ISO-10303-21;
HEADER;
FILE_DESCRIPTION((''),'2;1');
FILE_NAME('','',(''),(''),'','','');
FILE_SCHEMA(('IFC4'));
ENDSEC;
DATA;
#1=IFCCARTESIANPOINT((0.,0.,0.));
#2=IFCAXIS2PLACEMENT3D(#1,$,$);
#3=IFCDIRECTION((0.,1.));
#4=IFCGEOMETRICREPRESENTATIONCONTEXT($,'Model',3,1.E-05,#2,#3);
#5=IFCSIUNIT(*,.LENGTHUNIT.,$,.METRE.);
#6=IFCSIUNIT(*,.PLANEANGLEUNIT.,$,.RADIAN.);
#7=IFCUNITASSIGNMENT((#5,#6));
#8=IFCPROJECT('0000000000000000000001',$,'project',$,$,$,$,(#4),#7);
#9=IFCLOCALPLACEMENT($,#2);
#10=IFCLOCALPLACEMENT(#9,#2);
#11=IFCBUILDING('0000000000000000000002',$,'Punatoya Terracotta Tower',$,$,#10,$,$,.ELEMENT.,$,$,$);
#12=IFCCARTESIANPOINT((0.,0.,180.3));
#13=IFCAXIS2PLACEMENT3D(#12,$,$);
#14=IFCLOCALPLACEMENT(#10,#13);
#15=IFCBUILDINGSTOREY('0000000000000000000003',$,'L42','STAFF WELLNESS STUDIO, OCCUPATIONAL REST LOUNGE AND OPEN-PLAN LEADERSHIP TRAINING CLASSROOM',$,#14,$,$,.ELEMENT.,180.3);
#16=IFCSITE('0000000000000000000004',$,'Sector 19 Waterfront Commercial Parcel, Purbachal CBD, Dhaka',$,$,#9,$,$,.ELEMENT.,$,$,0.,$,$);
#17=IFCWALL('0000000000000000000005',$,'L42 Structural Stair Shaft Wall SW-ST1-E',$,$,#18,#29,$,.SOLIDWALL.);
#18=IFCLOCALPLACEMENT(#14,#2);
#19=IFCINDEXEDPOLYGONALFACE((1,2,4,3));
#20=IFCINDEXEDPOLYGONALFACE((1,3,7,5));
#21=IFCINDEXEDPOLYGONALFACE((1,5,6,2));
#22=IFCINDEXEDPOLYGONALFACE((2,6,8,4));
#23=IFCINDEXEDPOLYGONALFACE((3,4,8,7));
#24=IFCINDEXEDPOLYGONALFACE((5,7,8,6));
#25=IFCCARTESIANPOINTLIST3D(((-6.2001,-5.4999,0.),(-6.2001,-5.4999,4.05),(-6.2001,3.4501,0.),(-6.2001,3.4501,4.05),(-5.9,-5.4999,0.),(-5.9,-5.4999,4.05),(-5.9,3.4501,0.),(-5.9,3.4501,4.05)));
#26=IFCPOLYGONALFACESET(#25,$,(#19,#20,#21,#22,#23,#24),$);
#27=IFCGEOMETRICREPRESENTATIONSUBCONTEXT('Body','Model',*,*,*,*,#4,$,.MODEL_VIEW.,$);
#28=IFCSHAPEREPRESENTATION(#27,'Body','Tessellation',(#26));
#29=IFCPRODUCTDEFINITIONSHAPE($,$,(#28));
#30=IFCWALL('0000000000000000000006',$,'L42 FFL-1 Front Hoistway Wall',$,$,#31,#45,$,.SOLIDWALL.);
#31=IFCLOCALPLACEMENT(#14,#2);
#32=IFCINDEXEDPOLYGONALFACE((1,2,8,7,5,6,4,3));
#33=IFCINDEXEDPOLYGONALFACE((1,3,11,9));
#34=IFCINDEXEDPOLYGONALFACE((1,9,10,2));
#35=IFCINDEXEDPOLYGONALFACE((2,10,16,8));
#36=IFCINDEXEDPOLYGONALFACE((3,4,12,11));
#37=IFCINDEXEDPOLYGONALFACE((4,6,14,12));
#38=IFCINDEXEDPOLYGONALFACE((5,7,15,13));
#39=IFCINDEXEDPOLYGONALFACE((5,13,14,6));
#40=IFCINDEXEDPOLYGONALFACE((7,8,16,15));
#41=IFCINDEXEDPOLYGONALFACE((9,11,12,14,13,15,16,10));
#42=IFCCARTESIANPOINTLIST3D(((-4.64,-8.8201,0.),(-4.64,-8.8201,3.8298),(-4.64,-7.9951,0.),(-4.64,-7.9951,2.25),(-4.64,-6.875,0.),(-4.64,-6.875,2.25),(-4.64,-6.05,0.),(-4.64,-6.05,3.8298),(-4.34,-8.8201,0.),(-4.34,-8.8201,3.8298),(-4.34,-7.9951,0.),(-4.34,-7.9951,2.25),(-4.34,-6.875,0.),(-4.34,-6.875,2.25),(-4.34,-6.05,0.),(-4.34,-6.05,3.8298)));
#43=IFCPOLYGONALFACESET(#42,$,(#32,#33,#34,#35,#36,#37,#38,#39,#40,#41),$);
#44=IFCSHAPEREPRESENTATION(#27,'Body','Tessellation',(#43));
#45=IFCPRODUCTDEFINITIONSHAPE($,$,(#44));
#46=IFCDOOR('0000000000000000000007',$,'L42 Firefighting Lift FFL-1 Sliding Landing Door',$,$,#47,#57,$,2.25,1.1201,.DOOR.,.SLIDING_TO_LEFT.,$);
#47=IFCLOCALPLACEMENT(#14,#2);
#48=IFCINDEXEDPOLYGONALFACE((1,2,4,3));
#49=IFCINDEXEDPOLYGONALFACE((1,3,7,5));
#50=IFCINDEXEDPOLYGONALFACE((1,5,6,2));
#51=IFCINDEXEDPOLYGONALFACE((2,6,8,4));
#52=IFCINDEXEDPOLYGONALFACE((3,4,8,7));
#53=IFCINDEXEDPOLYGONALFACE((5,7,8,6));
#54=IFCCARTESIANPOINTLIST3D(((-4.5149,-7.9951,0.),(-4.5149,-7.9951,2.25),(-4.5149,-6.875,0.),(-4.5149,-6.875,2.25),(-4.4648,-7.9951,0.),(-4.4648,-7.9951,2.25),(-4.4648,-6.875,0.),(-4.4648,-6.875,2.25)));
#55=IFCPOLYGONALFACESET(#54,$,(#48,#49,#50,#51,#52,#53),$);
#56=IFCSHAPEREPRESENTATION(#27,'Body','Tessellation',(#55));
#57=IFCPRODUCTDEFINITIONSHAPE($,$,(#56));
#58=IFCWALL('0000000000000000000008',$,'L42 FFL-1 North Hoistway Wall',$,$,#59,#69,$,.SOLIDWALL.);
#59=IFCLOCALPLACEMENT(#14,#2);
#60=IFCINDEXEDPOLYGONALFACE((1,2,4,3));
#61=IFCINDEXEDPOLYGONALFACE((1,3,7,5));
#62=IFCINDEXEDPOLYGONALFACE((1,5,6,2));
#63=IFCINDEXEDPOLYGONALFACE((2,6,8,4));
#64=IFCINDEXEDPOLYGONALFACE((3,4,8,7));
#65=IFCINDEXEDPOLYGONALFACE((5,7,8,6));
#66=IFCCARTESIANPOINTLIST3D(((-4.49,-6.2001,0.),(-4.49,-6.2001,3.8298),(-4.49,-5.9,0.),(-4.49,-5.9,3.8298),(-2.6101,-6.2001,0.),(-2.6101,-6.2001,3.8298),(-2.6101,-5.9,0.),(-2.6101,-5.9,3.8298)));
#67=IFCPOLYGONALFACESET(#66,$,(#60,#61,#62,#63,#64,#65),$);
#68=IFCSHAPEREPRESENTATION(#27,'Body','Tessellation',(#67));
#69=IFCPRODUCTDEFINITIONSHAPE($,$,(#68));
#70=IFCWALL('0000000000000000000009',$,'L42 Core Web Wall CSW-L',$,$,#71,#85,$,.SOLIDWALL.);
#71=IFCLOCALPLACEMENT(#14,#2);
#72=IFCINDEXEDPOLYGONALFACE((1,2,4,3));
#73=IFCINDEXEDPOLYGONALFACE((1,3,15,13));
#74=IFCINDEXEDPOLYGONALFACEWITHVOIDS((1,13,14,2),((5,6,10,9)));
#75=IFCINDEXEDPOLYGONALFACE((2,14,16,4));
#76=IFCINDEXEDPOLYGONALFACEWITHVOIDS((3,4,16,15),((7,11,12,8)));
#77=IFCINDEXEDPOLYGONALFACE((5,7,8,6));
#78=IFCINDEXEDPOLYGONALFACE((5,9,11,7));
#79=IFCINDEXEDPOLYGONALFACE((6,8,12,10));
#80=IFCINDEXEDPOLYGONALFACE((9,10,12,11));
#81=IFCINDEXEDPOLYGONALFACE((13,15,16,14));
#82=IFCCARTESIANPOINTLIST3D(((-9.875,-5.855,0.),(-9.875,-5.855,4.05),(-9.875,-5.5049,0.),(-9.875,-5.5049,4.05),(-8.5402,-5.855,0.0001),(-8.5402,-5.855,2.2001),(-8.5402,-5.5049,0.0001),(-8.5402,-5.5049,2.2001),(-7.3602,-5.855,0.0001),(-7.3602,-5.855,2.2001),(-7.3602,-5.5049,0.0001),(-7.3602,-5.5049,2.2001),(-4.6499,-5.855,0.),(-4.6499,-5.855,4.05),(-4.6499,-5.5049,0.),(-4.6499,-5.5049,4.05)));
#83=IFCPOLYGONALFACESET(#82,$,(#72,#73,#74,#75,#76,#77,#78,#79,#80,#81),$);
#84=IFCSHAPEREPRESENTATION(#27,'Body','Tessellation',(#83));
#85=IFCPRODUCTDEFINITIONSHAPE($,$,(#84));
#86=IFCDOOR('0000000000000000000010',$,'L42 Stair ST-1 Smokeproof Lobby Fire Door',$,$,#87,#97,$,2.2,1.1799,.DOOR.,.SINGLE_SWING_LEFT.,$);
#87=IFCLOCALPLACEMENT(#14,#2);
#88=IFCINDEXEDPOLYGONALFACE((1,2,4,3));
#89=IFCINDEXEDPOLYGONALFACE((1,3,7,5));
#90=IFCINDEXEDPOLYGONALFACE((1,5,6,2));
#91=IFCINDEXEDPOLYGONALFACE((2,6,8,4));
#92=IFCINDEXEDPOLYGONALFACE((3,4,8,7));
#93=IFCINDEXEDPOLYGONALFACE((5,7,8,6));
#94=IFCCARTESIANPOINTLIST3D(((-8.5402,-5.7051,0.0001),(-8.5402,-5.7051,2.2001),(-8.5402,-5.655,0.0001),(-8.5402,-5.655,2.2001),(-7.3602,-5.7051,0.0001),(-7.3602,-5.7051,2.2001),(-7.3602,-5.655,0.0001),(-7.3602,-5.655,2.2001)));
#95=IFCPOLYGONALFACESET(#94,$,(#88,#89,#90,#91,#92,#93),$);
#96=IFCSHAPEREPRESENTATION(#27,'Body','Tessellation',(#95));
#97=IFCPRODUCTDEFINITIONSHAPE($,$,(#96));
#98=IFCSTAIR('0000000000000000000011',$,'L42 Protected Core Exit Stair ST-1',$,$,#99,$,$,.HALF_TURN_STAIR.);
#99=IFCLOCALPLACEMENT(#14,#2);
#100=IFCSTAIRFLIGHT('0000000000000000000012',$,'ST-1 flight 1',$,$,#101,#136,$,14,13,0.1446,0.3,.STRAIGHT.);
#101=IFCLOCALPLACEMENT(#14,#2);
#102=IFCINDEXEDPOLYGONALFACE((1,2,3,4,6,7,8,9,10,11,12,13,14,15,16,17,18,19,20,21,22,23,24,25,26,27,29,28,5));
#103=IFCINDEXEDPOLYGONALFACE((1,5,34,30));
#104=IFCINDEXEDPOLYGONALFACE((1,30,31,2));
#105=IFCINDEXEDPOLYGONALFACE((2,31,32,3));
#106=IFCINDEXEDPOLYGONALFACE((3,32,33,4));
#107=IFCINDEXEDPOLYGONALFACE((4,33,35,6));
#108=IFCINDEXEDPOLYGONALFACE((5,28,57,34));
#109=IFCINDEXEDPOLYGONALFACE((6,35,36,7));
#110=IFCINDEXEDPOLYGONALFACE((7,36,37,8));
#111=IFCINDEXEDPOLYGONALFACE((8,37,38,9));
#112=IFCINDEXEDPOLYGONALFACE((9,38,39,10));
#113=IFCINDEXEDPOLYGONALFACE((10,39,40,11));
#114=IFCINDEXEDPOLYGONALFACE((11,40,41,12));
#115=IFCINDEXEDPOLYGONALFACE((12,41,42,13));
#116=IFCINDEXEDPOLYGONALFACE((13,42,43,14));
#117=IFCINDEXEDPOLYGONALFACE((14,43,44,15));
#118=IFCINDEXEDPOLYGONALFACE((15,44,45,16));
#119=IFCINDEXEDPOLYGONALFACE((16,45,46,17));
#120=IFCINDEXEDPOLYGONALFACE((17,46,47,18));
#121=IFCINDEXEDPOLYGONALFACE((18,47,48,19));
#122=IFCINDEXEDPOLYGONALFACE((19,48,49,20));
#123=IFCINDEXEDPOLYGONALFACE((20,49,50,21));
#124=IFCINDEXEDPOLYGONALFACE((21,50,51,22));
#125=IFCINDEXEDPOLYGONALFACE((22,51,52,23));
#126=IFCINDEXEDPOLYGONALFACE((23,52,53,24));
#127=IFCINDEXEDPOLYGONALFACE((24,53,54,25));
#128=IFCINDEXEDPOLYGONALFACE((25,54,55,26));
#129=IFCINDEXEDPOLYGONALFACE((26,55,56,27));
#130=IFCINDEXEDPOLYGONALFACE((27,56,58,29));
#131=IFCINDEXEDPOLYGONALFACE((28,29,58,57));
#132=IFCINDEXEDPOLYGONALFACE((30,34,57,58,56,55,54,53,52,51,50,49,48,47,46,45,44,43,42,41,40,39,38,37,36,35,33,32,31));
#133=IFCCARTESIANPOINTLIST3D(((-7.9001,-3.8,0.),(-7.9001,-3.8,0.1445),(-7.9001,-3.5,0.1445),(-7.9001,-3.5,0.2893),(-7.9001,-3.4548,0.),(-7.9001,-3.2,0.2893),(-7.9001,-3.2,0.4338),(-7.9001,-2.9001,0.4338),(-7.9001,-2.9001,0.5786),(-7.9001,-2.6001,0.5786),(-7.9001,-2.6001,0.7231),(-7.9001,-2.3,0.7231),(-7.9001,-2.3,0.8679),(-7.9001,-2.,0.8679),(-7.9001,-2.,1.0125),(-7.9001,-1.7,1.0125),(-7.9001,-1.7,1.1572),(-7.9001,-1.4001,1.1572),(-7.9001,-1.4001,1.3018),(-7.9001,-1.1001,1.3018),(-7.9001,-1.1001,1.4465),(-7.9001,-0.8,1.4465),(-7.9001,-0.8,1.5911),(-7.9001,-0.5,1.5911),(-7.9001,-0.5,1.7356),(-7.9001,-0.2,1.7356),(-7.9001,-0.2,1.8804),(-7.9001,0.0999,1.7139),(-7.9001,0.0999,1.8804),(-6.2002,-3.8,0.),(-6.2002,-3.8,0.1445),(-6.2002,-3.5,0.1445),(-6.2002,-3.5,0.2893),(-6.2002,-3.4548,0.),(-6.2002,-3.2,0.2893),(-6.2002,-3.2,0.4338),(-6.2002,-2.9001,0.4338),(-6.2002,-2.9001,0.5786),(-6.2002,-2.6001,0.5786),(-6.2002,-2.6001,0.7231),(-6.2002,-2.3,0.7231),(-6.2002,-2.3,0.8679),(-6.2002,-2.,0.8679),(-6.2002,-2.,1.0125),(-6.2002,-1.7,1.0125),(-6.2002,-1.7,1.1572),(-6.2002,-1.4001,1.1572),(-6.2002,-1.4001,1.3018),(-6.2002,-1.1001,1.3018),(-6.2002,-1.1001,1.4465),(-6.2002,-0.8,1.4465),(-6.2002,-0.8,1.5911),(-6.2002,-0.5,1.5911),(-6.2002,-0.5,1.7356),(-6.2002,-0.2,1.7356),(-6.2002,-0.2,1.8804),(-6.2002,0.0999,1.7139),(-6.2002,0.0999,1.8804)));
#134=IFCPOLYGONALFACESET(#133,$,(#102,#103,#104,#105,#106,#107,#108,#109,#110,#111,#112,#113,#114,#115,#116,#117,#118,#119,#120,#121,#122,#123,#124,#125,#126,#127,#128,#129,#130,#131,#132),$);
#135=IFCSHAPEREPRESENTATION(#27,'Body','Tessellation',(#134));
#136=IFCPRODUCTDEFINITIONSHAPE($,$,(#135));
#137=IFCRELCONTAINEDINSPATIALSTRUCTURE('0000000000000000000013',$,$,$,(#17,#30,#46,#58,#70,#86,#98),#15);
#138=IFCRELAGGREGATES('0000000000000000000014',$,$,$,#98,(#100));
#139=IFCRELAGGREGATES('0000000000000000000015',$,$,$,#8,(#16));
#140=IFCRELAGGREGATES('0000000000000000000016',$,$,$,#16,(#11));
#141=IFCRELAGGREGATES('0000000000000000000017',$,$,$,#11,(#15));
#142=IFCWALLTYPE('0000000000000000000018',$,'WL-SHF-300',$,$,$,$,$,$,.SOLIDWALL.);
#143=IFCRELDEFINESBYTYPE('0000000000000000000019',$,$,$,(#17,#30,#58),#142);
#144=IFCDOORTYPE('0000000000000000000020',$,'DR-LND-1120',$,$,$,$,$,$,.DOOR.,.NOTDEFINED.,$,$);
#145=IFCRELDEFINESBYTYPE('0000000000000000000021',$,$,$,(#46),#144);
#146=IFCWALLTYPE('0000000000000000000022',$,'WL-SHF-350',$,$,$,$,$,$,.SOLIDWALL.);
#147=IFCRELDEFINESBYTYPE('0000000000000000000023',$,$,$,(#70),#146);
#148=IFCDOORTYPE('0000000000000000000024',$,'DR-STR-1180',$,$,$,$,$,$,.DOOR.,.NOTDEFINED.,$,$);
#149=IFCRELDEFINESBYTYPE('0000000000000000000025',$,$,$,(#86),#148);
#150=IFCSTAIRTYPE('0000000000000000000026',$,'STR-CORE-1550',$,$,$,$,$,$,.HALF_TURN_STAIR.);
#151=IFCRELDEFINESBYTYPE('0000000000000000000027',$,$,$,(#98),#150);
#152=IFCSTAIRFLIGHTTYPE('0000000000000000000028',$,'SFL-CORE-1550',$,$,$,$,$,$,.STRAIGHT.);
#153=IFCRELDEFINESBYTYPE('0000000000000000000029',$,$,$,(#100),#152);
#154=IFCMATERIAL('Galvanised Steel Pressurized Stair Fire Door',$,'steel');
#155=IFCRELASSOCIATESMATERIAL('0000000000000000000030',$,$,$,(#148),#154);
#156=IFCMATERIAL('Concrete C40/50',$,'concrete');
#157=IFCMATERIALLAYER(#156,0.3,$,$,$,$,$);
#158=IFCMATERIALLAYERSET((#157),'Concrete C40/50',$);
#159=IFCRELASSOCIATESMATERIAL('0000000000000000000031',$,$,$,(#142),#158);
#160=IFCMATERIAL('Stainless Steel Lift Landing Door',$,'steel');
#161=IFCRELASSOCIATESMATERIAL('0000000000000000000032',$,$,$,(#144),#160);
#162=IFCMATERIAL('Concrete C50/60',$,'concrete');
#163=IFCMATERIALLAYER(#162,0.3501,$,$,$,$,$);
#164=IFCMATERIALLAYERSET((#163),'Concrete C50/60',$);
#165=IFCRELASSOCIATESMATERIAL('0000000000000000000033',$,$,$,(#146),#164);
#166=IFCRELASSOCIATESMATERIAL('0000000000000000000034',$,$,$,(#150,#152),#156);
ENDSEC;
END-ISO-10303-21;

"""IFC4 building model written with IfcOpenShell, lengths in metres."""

from ifc_helpers import new_model, si_unit, direction, frame, frame_2d, origin, place, context, subcontext, project, spatial, polyline, rectangle, outline, extrude, material, layer, layer_set, type_object, element, fill, aggregate, save


model = new_model("IFC4")

# Units and contexts
model_context = context("Model", 3, precision=1e-05, world=origin(), true_north=direction((0.0, 1.0)))
body_context = subcontext(model_context, "Body", "Model", "MODEL_VIEW")
ifc_project = project(units=[si_unit("LENGTHUNIT", "METRE"), si_unit("PLANEANGLEUNIT", "RADIAN")], contexts=[model_context])

# Site, building, storey
site_placement = place(None, origin())
site = spatial("IfcSite", under=ifc_project, at=site_placement, Name="Sector 19 Waterfront Commercial Parcel, Purbachal CBD, Dhaka", CompositionType="ELEMENT", RefElevation=0.0)
building_placement = place(site_placement, origin())
building = spatial("IfcBuilding", under=site, at=building_placement, Name="Punatoya Terracotta Tower", CompositionType="ELEMENT")
storey_placement = place(building_placement, frame((0.0, 0.0, 180.3)))
storey = spatial("IfcBuildingStorey", under=building, at=storey_placement, Name="L42", Description="STAFF WELLNESS STUDIO, OCCUPATIONAL REST LOUNGE AND OPEN-PLAN LEADERSHIP TRAINING CLASSROOM", CompositionType="ELEMENT", Elevation=180.3)

# Shared definitions
ifc_material_1 = material(Name="Galvanised Steel Pressurized Stair Fire Door", Category="steel")
door_type_1 = type_object("IfcDoorType", Name="DR-STR-1180", OperationType="NOTDEFINED", PredefinedType="DOOR", material=ifc_material_1)

# Wall
ifc_material_2 = material(Name="Concrete C40/50", Category="concrete")
ifc_layer_1 = layer(ifc_material_2, 0.3)
ifc_layer_set_1 = layer_set([ifc_layer_1], Name="Concrete C40/50")
wall_type_1 = type_object("IfcWallType", Name="WL-SHF-300", PredefinedType="SOLIDWALL", material=ifc_layer_set_1)
wall_1_placement = place(storey_placement, frame((-6.05, -5.5, 0.0), z_axis=(0.0, 0.0, 1.0), x_axis=(0.0, 1.0, 0.0)))
element("IfcWall", 1, at=wall_1_placement, inside=storey, type_object=wall_type_1, Name="L42 Structural Stair Shaft Wall SW-ST1-E", PredefinedType="SOLIDWALL", context=body_context, shape_type="SweptSolid", body=[
    extrude(rectangle(XDim=8.95, YDim=0.3, at=frame_2d((4.4751, 0.0))), origin(), (0.0, 0.0, 1.0), 4.05),
])

# Wall, opening, door
wall_2_placement = place(storey_placement, frame((-4.49, -8.8201, 0.0), z_axis=(0.0, 0.0, 1.0), x_axis=(0.0, 1.0, 0.0)))
wall_2 = element("IfcWall", 2, at=wall_2_placement, inside=storey, type_object=wall_type_1, Name="L42 FFL-1 Front Hoistway Wall", PredefinedType="SOLIDWALL", context=body_context, shape_type="SweptSolid", body=[
    extrude(rectangle(XDim=2.77, YDim=0.3, at=frame_2d((1.385, 0.0))), origin(), (0.0, 0.0, 1.0), 3.8298),
])
opening_1_placement = place(wall_2_placement, frame((0.825, 0.0, 0.0)))
opening_1 = element("IfcOpeningElement", 3, at=opening_1_placement, cuts=wall_2, PredefinedType="OPENING", context=body_context, shape_type="SweptSolid", body=[
    extrude(rectangle(XDim=1.1201, YDim=2.25, at=frame_2d((0.5601, 1.125))), frame((0.0, 0.1599, 0.0), z_axis=(0.0, -1.0, 0.0), x_axis=(1.0, 0.0, 0.0)), (0.0, 0.0, 1.0), 0.3201),
])
ifc_material_3 = material(Name="Stainless Steel Lift Landing Door", Category="steel")
door_type_2 = type_object("IfcDoorType", Name="DR-LND-1120", OperationType="NOTDEFINED", PredefinedType="DOOR", material=ifc_material_3)
door_1_placement = place(opening_1_placement, origin())
door_1 = element("IfcDoor", 4, at=door_1_placement, inside=storey, type_object=door_type_2, Name="L42 Firefighting Lift FFL-1 Sliding Landing Door", OperationType="SLIDING_TO_LEFT", OverallHeight=2.25, OverallWidth=1.1201, PredefinedType="DOOR", context=body_context, shape_type="SweptSolid", body=[
    extrude(rectangle(XDim=1.1201, YDim=2.25, at=frame_2d((0.5601, 1.125))), frame((0.0, 0.0249, 0.0), z_axis=(0.0, -1.0, 0.0), x_axis=(1.0, 0.0, 0.0)), (0.0, 0.0, 1.0), 0.05),
])
fill(opening_1, door_1)

# Wall
wall_3_placement = place(storey_placement, frame((-4.49, -6.05, 0.0), z_axis=(0.0, 0.0, 1.0), x_axis=(1.0, 0.0, 0.0)))
element("IfcWall", 5, at=wall_3_placement, inside=storey, type_object=wall_type_1, Name="L42 FFL-1 North Hoistway Wall", PredefinedType="SOLIDWALL", context=body_context, shape_type="SweptSolid", body=[
    extrude(rectangle(XDim=1.8799, YDim=0.3, at=frame_2d((0.9399, 0.0))), origin(), (0.0, 0.0, 1.0), 3.8298),
])

# Wall, opening, door
ifc_material_4 = material(Name="Concrete C50/60", Category="concrete")
ifc_layer_2 = layer(ifc_material_4, 0.3501)
ifc_layer_set_2 = layer_set([ifc_layer_2], Name="Concrete C50/60")
wall_type_2 = type_object("IfcWallType", Name="WL-SHF-350", PredefinedType="SOLIDWALL", material=ifc_layer_set_2)
wall_4_placement = place(storey_placement, frame((-9.875, -5.6799, 0.0), z_axis=(0.0, 0.0, 1.0), x_axis=(1.0, 0.0, 0.0)))
wall_4 = element("IfcWall", 6, at=wall_4_placement, inside=storey, type_object=wall_type_2, Name="L42 Core Web Wall CSW-L", PredefinedType="SOLIDWALL", context=body_context, shape_type="SweptSolid", body=[
    extrude(rectangle(XDim=5.2251, YDim=0.3501, at=frame_2d((2.6125, 0.0))), origin(), (0.0, 0.0, 1.0), 4.05),
])
opening_2_placement = place(wall_4_placement, frame((1.335, 0.0, 0.0)))
opening_2 = element("IfcOpeningElement", 7, at=opening_2_placement, cuts=wall_4, PredefinedType="OPENING", context=body_context, shape_type="SweptSolid", body=[
    extrude(rectangle(XDim=1.1799, YDim=2.2, at=frame_2d((0.5898, 1.1001))), frame((0.0, 0.1851, 0.0), z_axis=(0.0, -1.0, 0.0), x_axis=(1.0, 0.0, 0.0)), (0.0, 0.0, 1.0), 0.3701),
])
door_2_placement = place(opening_2_placement, origin())
door_2 = element("IfcDoor", 8, at=door_2_placement, inside=storey, type_object=door_type_1, Name="L42 Stair ST-1 Smokeproof Lobby Fire Door", OperationType="SINGLE_SWING_LEFT", OverallHeight=2.2, OverallWidth=1.1799, PredefinedType="DOOR", context=body_context, shape_type="SweptSolid", body=[
    extrude(rectangle(XDim=1.1799, YDim=2.2, at=frame_2d((0.5898, 1.1001))), frame((0.0, 0.0249, 0.0), z_axis=(0.0, -1.0, 0.0), x_axis=(1.0, 0.0, 0.0)), (0.0, 0.0, 1.0), 0.05),
])
fill(opening_2, door_2)

# Stair, stair flight
stair_type = type_object("IfcStairType", Name="STR-CORE-1550", PredefinedType="HALF_TURN_STAIR", material=ifc_material_2)
stair_placement = place(storey_placement, origin())
stair = element("IfcStair", 9, at=stair_placement, inside=storey, type_object=stair_type, Name="L42 Protected Core Exit Stair ST-1", PredefinedType="HALF_TURN_STAIR")
stair_flight_type = type_object("IfcStairFlightType", Name="SFL-CORE-1550", PredefinedType="STRAIGHT", material=ifc_material_2)
stair_flight_placement = place(storey_placement, frame((-7.05, -3.8, 0.0), z_axis=(0.0, 0.0, 1.0), x_axis=(0.0, 1.0, 0.0)))
stair_flight = element("IfcStairFlight", 10, at=stair_flight_placement, type_object=stair_flight_type, Name="ST-1 flight 1", NumberOfRisers=14, NumberOfTreads=13, PredefinedType="STRAIGHT", RiserHeight=0.1446, TreadLength=0.3, context=body_context, shape_type="SweptSolid", body=[
    extrude(outline(polyline([(0.0, 0.0), (0.0, 0.1445), (0.3, 0.1445), (0.3, 0.2893), (0.6001, 0.2893), (0.6001, 0.4338), (0.8999, 0.4338), (0.8999, 0.5786), (1.2, 0.5786), (1.2, 0.7231), (1.5, 0.7231), (1.5, 0.8679), (1.8, 0.8679), (1.8, 1.0125), (2.1001, 1.0125), (2.1001, 1.1572), (2.3999, 1.1572), (2.3999, 1.3018), (2.7, 1.3018), (2.7, 1.4465), (3.0, 1.4465), (3.0, 1.5911), (3.3, 1.5911), (3.3, 1.7356), (3.6001, 1.7356), (3.6001, 1.8804), (3.8999, 1.8804), (3.8999, 2.0249), (3.8999, 1.7139), (0.3452, 0.0), (0.0, 0.0)])), frame((0.0, 0.8501, 0.0), z_axis=(0.0, -1.0, 0.0), x_axis=(1.0, 0.0, 0.0)), (0.0, 0.0, 1.0), 1.7),
])
aggregate(stair, [stair_flight])

save(model, "model.ifc")
